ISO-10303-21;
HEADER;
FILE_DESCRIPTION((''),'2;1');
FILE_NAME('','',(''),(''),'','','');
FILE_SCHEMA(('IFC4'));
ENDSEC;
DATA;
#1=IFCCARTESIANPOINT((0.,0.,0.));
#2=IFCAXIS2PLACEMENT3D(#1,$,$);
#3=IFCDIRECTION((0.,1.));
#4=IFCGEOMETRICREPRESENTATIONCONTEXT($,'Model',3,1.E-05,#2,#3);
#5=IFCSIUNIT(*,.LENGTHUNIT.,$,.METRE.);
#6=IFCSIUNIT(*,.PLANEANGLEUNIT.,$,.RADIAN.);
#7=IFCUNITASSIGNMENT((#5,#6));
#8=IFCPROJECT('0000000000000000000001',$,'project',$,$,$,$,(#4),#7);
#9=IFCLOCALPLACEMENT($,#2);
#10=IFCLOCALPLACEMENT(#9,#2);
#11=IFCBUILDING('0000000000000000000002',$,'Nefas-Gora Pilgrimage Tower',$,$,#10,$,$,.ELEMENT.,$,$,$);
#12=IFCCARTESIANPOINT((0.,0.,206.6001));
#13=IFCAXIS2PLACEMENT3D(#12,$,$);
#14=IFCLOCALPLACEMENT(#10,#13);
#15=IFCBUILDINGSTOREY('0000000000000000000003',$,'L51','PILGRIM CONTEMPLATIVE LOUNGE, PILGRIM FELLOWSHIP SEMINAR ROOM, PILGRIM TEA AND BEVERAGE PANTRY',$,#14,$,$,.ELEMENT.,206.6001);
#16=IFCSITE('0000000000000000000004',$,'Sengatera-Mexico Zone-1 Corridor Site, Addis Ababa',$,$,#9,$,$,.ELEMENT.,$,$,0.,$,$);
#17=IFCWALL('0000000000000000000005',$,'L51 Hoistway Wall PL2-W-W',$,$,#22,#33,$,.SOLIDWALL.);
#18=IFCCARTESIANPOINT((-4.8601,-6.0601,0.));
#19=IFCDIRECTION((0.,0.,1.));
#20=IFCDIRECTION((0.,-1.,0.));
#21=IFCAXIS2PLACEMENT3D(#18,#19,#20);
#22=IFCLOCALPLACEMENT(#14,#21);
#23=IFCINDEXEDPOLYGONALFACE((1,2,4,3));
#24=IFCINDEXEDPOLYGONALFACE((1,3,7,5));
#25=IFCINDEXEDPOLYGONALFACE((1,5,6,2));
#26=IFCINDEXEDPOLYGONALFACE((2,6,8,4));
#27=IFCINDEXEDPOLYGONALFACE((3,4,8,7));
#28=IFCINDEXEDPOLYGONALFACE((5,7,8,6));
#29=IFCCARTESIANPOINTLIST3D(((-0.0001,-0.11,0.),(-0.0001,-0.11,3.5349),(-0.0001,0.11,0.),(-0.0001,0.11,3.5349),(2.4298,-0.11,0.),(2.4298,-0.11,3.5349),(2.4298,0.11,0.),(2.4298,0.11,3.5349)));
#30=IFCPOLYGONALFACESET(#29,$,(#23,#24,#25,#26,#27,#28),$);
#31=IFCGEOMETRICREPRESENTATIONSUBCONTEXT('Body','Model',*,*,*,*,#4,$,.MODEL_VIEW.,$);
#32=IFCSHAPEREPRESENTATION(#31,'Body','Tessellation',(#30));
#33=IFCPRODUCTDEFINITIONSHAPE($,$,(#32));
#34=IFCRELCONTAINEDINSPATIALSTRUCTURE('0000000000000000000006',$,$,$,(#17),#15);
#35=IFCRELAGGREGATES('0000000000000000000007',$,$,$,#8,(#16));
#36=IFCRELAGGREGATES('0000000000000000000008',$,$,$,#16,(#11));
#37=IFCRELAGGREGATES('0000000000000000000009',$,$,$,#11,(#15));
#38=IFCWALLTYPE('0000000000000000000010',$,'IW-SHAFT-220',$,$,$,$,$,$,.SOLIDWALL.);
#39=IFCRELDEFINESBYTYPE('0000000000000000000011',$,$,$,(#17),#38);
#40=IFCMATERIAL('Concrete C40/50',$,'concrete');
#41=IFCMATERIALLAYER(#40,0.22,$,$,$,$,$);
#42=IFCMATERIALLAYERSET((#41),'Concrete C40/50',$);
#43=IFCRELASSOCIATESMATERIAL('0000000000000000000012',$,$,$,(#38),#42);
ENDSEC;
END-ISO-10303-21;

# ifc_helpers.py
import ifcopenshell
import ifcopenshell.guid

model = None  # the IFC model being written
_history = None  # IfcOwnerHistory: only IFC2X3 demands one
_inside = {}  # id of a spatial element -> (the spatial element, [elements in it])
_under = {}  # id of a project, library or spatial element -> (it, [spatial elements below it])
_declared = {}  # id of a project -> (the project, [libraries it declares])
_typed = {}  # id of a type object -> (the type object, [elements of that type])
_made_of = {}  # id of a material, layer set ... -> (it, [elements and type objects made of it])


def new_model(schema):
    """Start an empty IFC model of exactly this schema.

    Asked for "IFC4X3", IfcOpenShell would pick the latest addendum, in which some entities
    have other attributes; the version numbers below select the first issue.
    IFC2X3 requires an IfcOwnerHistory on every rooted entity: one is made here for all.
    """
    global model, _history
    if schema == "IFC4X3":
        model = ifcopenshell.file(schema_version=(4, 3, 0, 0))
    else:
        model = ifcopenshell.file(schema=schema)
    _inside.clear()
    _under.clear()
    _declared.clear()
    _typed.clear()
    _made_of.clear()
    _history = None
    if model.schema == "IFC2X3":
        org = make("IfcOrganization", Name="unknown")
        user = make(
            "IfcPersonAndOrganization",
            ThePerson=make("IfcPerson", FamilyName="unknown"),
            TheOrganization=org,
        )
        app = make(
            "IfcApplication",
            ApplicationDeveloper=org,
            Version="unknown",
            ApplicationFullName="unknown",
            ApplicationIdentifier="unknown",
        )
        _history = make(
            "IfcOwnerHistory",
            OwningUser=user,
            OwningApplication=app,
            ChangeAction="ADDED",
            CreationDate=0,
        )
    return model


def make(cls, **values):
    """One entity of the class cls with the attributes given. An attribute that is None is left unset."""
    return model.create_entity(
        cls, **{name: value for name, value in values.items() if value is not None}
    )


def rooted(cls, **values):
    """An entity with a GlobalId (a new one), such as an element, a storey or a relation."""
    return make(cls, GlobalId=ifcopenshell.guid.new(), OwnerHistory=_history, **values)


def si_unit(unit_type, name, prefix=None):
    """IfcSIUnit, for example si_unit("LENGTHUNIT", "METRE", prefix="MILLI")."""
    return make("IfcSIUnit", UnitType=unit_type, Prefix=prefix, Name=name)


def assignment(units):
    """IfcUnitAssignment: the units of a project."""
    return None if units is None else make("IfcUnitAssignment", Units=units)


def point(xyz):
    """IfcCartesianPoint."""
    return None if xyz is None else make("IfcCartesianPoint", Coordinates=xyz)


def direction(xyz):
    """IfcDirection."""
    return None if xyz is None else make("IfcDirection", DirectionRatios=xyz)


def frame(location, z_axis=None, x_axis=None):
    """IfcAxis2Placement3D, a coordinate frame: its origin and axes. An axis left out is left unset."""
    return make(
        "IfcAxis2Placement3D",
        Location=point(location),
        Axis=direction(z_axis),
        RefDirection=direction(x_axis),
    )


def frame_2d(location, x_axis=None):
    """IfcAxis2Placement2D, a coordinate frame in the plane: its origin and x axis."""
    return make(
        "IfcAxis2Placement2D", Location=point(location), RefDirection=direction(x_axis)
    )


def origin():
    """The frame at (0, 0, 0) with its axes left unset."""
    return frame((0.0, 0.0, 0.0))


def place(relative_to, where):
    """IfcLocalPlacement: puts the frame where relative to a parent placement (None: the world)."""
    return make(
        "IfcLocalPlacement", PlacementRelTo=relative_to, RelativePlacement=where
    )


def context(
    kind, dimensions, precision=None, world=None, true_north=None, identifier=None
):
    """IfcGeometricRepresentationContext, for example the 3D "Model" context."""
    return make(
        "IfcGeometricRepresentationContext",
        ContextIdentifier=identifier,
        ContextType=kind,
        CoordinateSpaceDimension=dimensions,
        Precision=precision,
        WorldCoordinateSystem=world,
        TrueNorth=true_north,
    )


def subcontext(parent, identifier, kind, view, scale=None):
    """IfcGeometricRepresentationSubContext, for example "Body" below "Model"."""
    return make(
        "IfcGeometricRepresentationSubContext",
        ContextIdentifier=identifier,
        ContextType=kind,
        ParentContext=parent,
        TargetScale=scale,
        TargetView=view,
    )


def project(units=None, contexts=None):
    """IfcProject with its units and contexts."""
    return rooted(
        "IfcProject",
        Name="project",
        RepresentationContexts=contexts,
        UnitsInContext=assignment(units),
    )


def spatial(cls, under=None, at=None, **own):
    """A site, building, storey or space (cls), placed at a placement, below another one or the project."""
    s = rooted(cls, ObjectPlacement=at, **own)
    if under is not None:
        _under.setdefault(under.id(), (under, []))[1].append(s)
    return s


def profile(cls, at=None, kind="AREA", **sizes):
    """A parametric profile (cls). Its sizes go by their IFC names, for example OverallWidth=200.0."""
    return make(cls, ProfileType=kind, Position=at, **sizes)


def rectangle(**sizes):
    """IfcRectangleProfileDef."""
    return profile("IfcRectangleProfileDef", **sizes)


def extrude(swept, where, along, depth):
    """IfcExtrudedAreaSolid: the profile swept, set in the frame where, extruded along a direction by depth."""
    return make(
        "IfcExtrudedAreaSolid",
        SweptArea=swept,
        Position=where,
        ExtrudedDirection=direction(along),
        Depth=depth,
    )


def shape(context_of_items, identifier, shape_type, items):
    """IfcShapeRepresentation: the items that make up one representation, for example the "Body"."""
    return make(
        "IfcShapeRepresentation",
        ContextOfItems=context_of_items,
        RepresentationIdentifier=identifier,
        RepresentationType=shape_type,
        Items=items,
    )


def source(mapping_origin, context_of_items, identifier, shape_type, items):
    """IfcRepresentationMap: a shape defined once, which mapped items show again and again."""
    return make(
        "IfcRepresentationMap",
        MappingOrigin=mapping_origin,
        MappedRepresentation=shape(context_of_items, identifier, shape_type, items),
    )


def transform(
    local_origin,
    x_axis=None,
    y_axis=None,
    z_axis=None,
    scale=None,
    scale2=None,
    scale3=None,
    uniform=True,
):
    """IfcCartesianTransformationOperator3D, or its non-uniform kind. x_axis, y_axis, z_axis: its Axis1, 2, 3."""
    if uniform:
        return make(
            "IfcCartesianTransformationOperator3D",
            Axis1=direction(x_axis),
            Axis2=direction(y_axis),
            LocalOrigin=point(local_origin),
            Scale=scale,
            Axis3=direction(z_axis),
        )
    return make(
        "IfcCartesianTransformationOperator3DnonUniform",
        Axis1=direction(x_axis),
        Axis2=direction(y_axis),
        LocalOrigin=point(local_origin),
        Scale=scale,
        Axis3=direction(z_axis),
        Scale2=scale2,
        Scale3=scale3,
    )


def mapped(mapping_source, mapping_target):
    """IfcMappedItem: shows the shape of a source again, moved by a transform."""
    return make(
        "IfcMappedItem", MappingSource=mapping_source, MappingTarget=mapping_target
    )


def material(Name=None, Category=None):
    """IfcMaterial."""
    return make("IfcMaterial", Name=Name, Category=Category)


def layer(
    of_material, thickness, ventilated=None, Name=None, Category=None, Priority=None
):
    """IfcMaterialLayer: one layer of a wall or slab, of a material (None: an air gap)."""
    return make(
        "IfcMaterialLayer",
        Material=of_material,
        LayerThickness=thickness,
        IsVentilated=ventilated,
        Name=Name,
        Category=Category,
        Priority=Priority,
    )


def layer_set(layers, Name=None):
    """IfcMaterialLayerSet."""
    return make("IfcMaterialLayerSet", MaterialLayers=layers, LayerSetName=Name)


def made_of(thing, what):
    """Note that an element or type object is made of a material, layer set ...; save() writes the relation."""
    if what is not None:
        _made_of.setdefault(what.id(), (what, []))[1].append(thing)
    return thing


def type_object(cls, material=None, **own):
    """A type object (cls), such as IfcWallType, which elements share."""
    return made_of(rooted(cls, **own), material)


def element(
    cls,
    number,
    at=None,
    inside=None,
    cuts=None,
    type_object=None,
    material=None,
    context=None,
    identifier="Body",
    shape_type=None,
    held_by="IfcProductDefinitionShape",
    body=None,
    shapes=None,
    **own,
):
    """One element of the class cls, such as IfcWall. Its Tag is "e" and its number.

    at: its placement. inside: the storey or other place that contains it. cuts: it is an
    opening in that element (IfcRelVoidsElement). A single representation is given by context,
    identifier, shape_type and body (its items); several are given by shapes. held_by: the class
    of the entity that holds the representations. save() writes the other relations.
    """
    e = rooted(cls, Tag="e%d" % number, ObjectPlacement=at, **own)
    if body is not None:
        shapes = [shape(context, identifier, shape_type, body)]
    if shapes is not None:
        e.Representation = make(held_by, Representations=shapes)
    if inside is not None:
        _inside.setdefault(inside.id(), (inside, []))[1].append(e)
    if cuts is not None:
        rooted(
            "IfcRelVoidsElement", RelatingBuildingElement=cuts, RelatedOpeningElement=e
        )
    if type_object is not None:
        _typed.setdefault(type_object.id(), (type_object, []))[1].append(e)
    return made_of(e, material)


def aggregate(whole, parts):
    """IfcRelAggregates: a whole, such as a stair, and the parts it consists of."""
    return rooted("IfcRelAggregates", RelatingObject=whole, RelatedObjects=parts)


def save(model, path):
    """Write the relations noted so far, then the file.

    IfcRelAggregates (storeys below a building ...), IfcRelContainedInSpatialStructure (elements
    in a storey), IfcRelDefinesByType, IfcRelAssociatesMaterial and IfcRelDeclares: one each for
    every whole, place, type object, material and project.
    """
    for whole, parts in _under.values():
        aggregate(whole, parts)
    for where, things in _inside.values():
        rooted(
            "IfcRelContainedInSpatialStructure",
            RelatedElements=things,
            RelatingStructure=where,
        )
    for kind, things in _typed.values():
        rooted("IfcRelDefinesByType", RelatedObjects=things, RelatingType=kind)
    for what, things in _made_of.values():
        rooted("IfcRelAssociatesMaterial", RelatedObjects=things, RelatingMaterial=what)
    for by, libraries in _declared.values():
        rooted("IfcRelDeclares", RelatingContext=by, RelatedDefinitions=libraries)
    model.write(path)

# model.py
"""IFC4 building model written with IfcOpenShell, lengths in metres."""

from ifc_helpers import new_model, si_unit, direction, frame, frame_2d, origin, place, context, subcontext, project, spatial, rectangle, extrude, source, transform, mapped, material, layer, layer_set, type_object, element, save


model = new_model("IFC4")

# Units and contexts
model_context = context("Model", 3, precision=1e-05, world=origin(), true_north=direction((0.0, 1.0)))
body_context = subcontext(model_context, "Body", "Model", "MODEL_VIEW")
ifc_project = project(units=[si_unit("LENGTHUNIT", "METRE"), si_unit("PLANEANGLEUNIT", "RADIAN")], contexts=[model_context])

# Site, building, storey
site_placement = place(None, origin())
site = spatial("IfcSite", under=ifc_project, at=site_placement, Name="Sengatera-Mexico Zone-1 Corridor Site, Addis Ababa", CompositionType="ELEMENT", RefElevation=0.0)
building_placement = place(site_placement, origin())
building = spatial("IfcBuilding", under=site, at=building_placement, Name="Nefas-Gora Pilgrimage Tower", CompositionType="ELEMENT")
storey_placement = place(building_placement, frame((0.0, 0.0, 206.6001)))
storey = spatial("IfcBuildingStorey", under=building, at=storey_placement, Name="L51", Description="PILGRIM CONTEMPLATIVE LOUNGE, PILGRIM FELLOWSHIP SEMINAR ROOM, PILGRIM TEA AND BEVERAGE PANTRY", CompositionType="ELEMENT", Elevation=206.6001)

# Shared definitions
ifc_material_1 = material(Name="Concrete C40/50", Category="concrete")
ifc_layer_1 = layer(ifc_material_1, 0.22)
ifc_layer_set_1 = layer_set([ifc_layer_1], Name="Concrete C40/50")
wall_type_1 = type_object("IfcWallType", Name="IW-SHAFT-220", PredefinedType="SOLIDWALL", material=ifc_layer_set_1)

# Wall
shared_shape_1 = source(origin(), body_context, "Body", "SweptSolid", [
    extrude(rectangle(XDim=2.4299, YDim=0.22, at=frame_2d((1.2148, 0.0))), origin(), (0.0, 0.0, 1.0), 3.5349),
])
for number, where, z_axis, x_axis, name in (
    (1, (-4.8601, -6.0601, 0.0), (0.0, 0.0, 1.0), (0.0, -1.0, 0.0), "L51 Hoistway Wall PL2-W-W"),
):
    element("IfcWall", number, at=place(storey_placement, frame(where, z_axis=z_axis, x_axis=x_axis)), inside=storey, type_object=wall_type_1, Name=name, PredefinedType="SOLIDWALL", context=body_context, shape_type="MappedRepresentation", body=[
        mapped(shared_shape_1, transform((0.0, 0.0, 0.0), x_axis=(1.0, 0.0, 0.0), y_axis=(0.0, 1.0, 0.0), z_axis=(0.0, 0.0, 1.0), scale=1.0)),
    ])

save(model, "model.ifc")
